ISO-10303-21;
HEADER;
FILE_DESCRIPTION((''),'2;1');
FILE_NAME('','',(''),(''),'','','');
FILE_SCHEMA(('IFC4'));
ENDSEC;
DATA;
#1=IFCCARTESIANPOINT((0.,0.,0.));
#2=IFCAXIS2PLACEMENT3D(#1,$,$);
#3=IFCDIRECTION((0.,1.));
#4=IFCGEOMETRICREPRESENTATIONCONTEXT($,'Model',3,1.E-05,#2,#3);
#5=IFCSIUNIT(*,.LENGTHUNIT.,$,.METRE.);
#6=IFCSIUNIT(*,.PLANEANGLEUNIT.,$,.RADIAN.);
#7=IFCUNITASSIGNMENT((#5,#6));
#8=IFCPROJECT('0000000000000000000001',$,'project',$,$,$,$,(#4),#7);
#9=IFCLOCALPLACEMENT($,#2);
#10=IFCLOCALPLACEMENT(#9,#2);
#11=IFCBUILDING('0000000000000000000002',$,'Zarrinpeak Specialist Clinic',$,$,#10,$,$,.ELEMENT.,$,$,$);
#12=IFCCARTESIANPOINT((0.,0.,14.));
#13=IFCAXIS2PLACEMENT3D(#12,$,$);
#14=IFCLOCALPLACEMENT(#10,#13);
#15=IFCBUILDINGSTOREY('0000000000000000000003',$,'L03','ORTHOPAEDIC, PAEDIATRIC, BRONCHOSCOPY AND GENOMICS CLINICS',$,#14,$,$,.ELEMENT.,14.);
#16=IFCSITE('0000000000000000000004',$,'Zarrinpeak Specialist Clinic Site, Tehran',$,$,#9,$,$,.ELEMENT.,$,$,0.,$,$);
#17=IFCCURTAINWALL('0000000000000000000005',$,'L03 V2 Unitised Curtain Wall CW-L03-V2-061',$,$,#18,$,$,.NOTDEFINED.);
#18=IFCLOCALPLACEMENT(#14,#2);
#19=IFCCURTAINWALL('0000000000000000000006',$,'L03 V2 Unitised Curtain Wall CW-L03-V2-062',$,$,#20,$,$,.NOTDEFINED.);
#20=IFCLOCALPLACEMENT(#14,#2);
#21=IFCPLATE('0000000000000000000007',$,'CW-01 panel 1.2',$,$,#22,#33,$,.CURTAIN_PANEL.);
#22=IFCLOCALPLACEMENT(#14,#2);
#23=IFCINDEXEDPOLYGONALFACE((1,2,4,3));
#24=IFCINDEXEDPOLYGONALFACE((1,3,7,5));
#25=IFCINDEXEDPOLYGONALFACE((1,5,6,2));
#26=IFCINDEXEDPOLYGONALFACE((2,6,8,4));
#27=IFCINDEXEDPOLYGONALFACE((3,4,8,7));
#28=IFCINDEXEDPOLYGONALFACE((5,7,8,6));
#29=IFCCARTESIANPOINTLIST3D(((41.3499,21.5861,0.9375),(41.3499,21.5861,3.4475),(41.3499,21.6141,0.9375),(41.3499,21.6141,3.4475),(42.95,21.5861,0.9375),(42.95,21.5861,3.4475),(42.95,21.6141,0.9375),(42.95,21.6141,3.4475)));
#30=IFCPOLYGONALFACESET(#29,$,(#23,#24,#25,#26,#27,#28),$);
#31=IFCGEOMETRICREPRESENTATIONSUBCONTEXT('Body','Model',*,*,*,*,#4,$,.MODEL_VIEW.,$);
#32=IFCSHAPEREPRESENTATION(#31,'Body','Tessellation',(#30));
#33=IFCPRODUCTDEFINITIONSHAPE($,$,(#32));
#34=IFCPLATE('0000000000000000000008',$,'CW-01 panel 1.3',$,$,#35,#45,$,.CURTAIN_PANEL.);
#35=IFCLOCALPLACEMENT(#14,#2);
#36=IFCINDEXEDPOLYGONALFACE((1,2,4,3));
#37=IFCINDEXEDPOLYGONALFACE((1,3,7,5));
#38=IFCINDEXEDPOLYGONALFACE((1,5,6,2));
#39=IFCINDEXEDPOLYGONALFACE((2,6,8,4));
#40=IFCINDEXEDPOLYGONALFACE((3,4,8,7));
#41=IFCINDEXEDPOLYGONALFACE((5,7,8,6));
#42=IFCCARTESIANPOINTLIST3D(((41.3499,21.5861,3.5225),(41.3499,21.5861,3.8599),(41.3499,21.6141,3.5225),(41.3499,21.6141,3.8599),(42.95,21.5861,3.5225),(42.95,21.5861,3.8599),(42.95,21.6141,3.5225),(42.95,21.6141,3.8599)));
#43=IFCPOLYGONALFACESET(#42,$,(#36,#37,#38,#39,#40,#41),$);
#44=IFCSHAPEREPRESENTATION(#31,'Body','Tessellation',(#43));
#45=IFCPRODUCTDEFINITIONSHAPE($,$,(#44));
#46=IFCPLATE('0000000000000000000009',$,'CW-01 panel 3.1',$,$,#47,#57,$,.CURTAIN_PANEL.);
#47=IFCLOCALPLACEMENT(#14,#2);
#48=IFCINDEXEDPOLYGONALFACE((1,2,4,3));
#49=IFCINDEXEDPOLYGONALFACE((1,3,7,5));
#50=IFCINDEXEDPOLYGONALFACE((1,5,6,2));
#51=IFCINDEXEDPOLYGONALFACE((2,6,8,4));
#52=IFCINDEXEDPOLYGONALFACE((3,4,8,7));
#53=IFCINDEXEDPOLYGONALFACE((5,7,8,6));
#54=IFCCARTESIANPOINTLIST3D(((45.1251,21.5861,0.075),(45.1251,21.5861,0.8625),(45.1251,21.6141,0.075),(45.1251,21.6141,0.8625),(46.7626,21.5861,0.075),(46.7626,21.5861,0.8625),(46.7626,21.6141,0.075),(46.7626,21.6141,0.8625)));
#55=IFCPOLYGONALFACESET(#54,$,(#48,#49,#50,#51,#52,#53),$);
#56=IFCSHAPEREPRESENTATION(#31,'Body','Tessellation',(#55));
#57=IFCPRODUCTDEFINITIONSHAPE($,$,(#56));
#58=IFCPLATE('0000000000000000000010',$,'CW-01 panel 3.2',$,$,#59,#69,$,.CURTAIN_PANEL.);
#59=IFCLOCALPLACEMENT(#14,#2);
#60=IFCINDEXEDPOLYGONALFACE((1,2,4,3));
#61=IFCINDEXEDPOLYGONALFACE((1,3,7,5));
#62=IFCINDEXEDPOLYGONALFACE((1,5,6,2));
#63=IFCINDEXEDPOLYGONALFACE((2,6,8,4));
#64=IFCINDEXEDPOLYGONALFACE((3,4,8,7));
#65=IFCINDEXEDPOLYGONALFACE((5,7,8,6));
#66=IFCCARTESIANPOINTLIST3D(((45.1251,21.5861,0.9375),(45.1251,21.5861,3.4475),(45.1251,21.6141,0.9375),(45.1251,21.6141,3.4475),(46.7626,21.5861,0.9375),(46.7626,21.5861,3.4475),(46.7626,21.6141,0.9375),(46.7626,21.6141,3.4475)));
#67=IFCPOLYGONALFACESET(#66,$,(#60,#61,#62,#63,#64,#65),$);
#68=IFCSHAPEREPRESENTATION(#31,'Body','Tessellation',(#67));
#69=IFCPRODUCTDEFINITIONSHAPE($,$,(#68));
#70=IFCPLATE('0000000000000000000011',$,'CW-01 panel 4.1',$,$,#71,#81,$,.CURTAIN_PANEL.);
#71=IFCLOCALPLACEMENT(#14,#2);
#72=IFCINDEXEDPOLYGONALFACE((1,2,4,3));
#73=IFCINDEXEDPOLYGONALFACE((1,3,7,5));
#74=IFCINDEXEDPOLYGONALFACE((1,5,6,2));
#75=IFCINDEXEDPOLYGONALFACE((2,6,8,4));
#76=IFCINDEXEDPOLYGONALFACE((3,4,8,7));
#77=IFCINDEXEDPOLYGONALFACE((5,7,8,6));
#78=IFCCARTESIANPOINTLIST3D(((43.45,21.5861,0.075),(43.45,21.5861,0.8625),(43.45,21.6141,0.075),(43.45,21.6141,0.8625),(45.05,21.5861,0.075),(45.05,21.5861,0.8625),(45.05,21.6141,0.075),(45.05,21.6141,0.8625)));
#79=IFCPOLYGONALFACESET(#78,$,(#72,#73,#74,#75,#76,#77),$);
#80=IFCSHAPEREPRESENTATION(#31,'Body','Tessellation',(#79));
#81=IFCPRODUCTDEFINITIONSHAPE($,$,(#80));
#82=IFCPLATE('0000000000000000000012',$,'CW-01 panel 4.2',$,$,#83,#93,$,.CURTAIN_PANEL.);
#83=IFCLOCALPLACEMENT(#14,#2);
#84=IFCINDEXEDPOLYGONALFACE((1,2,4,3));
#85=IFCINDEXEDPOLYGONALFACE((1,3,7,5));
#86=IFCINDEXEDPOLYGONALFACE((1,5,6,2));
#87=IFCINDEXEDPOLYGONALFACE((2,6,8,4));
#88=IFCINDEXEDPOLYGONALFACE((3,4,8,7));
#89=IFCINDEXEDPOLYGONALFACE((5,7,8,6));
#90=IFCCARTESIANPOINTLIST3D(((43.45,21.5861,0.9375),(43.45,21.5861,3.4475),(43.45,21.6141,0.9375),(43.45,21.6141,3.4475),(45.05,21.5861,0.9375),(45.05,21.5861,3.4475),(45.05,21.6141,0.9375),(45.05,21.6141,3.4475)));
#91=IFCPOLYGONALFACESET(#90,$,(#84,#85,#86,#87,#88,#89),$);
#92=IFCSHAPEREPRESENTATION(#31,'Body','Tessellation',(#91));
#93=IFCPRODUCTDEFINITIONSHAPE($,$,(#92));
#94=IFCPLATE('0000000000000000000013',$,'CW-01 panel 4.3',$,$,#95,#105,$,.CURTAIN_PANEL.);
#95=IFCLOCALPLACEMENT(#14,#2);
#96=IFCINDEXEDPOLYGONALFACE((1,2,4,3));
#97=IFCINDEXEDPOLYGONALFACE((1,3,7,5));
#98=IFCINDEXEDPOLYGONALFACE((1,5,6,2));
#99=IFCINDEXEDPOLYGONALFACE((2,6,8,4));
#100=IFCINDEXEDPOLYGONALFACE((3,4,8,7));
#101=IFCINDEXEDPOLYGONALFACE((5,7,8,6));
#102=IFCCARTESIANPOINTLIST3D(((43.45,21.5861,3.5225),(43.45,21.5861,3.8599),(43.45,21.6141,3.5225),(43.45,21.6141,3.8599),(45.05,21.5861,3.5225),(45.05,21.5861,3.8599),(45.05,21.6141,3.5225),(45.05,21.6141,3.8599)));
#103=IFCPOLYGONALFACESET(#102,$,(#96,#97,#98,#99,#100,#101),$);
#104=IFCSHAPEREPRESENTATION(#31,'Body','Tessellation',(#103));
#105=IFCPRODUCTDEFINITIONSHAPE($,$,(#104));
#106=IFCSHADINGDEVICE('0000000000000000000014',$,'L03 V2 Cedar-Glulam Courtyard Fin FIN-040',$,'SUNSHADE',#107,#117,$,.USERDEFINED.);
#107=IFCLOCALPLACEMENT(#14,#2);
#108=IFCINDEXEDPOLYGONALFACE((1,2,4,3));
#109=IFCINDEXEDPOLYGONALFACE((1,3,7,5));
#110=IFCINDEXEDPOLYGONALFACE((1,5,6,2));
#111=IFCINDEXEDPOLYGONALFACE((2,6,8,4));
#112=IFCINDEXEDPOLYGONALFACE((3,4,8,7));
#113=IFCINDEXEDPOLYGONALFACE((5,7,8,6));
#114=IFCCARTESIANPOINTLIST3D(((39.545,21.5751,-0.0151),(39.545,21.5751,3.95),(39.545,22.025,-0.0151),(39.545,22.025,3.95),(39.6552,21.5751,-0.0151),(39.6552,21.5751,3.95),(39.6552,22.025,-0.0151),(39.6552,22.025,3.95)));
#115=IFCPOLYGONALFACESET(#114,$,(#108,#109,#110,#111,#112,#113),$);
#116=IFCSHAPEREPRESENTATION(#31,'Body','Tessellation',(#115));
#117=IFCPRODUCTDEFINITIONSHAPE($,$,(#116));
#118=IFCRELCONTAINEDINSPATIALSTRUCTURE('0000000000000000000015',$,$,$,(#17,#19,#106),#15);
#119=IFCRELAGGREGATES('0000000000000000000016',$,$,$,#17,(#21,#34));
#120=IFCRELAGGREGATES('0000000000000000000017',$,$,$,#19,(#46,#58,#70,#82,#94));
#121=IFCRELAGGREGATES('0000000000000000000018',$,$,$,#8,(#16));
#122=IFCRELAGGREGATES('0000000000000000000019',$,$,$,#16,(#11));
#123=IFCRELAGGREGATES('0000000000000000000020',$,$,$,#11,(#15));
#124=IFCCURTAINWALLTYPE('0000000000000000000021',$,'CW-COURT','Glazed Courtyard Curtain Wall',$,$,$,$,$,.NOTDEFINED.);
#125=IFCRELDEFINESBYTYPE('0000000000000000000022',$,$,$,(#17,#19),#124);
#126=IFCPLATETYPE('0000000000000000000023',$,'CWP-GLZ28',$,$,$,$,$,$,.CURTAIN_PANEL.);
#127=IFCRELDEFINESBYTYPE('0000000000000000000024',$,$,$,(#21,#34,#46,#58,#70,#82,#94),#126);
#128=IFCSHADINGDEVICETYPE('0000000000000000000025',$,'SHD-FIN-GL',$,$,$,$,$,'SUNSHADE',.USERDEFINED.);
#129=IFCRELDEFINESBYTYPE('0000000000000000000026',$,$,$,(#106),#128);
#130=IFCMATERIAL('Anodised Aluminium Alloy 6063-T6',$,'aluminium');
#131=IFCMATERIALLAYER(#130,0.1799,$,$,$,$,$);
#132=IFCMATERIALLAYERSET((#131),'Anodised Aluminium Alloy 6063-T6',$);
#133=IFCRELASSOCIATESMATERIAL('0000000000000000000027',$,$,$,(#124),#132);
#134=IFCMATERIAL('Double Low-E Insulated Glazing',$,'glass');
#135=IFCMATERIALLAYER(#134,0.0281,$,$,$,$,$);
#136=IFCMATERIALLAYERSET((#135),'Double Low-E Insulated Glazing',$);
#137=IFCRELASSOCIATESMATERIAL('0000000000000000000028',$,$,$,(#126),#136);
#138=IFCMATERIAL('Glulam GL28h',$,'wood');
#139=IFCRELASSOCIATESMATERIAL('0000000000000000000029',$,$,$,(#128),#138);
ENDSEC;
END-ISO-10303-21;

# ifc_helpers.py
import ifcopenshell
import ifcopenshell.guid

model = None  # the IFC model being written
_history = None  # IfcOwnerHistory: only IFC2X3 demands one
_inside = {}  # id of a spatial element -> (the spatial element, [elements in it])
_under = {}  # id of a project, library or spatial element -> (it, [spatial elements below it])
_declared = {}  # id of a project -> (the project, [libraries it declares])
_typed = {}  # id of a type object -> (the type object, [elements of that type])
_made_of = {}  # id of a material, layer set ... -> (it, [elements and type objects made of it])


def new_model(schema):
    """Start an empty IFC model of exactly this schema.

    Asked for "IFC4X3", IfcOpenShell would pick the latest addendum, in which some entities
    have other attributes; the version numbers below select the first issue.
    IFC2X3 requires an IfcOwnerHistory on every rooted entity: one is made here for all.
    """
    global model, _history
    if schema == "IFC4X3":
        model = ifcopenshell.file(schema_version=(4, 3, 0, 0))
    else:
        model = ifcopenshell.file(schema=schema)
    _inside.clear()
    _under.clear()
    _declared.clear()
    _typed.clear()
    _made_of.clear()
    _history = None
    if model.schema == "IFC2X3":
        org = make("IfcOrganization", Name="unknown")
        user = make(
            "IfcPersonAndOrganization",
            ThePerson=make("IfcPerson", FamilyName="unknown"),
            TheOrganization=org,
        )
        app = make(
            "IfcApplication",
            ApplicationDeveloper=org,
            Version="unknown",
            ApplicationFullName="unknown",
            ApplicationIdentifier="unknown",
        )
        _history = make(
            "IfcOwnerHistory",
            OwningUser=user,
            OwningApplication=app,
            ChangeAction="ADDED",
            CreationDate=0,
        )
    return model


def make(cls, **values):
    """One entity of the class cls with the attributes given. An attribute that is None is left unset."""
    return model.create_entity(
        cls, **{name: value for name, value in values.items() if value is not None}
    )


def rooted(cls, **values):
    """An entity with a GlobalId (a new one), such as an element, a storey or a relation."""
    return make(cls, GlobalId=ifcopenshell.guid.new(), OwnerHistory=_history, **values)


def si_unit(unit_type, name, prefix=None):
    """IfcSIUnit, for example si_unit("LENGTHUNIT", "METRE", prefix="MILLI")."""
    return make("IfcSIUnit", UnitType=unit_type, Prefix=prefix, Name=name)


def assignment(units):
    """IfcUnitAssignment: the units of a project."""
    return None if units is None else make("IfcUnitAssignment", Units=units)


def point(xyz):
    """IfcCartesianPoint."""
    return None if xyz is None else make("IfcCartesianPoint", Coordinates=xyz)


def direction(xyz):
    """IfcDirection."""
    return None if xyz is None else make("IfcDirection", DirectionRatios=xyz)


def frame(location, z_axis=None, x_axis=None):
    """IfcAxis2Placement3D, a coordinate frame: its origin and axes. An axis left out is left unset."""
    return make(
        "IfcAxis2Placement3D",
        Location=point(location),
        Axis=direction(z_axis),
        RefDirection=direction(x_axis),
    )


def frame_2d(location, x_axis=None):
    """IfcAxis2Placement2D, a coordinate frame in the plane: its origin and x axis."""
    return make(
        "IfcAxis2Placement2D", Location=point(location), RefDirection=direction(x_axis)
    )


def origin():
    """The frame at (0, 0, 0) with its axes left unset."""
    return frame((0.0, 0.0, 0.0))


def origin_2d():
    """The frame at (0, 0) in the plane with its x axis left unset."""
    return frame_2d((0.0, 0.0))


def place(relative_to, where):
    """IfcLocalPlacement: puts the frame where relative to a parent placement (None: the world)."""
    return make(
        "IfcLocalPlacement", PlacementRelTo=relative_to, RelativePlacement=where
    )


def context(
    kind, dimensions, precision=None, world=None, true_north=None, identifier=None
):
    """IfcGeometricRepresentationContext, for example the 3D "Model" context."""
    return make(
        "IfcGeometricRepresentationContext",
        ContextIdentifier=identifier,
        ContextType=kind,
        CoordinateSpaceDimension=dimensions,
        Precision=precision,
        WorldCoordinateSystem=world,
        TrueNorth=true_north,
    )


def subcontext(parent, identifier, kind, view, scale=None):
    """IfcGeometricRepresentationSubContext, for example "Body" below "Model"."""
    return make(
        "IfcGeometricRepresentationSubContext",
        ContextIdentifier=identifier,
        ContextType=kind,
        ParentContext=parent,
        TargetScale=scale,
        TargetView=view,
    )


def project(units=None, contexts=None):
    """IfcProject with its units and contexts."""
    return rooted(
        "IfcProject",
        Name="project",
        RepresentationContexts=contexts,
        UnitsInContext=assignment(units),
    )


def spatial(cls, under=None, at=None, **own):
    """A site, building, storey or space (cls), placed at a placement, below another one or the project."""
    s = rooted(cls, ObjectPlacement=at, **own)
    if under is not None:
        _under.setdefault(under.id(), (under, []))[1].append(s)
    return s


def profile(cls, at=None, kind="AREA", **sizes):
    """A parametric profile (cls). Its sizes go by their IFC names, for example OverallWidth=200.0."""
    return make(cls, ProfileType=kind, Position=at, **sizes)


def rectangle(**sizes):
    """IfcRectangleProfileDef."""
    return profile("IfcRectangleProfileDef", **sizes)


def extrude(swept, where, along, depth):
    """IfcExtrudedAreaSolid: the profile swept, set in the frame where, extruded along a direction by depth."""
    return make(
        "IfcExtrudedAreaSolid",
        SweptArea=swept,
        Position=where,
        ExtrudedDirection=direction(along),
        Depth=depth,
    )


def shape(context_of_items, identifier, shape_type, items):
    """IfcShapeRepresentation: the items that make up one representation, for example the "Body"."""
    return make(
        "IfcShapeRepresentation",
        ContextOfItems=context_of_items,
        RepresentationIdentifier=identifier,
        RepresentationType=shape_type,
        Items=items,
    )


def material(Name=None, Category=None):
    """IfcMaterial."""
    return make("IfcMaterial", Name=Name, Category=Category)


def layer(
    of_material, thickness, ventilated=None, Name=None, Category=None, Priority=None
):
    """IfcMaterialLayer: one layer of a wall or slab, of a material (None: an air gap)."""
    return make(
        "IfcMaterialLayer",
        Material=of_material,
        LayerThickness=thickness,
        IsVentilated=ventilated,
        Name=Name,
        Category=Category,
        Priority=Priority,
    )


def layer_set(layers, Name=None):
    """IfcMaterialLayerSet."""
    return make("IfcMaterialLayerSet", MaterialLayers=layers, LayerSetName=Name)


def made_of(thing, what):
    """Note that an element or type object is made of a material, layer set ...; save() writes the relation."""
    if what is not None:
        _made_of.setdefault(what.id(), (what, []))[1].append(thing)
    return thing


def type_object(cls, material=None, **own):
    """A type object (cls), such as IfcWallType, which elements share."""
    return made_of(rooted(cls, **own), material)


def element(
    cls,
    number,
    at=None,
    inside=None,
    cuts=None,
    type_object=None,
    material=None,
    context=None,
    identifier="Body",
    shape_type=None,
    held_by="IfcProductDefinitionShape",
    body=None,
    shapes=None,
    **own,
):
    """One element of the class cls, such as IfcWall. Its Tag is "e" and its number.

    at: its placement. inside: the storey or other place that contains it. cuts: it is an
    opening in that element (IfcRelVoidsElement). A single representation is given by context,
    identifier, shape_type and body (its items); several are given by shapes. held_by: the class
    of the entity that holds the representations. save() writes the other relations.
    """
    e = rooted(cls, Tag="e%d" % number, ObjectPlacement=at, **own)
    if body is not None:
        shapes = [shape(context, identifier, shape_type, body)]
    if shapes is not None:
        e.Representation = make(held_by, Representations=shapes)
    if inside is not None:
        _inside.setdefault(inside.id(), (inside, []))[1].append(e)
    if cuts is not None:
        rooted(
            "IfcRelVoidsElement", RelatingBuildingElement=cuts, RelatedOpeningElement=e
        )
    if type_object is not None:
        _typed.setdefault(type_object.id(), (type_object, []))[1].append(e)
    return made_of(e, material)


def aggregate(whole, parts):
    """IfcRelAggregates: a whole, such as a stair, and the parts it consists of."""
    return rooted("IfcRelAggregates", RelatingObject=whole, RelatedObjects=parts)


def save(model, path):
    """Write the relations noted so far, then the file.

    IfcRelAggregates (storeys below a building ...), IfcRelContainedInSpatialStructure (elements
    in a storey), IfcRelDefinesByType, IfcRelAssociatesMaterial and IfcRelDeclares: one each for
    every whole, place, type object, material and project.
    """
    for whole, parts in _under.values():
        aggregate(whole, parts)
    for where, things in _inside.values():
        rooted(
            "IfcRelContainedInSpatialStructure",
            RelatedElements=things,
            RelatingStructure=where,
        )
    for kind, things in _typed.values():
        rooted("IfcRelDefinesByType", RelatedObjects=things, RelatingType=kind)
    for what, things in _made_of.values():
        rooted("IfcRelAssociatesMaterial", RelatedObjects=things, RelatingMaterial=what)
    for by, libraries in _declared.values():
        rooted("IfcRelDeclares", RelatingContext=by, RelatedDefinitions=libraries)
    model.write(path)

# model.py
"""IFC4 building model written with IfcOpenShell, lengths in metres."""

from ifc_helpers import new_model, si_unit, direction, frame, origin, origin_2d, place, context, subcontext, project, spatial, rectangle, extrude, material, layer, layer_set, type_object, element, aggregate, save


model = new_model("IFC4")

# Units and contexts
model_context = context("Model", 3, precision=1e-05, world=origin(), true_north=direction((0.0, 1.0)))
body_context = subcontext(model_context, "Body", "Model", "MODEL_VIEW")
ifc_project = project(units=[si_unit("LENGTHUNIT", "METRE"), si_unit("PLANEANGLEUNIT", "RADIAN")], contexts=[model_context])

# Site, building, storey
site_placement = place(None, origin())
site = spatial("IfcSite", under=ifc_project, at=site_placement, Name="Zarrinpeak Specialist Clinic Site, Tehran", CompositionType="ELEMENT", RefElevation=0.0)
building_placement = place(site_placement, origin())
building = spatial("IfcBuilding", under=site, at=building_placement, Name="Zarrinpeak Specialist Clinic", CompositionType="ELEMENT")
storey_placement = place(building_placement, frame((0.0, 0.0, 14.0)))
storey = spatial("IfcBuildingStorey", under=building, at=storey_placement, Name="L03", Description="ORTHOPAEDIC, PAEDIATRIC, BRONCHOSCOPY AND GENOMICS CLINICS", CompositionType="ELEMENT", Elevation=14.0)

# Curtain walls
ifc_material_1 = material(Name="Anodised Aluminium Alloy 6063-T6", Category="aluminium")
ifc_layer_1 = layer(ifc_material_1, 0.1799)
ifc_layer_set_1 = layer_set([ifc_layer_1], Name="Anodised Aluminium Alloy 6063-T6")
curtain_wall_type = type_object("IfcCurtainWallType", Name="CW-COURT", Description="Glazed Courtyard Curtain Wall", PredefinedType="NOTDEFINED", material=ifc_layer_set_1)
curtain_wall_1_placement = place(storey_placement, origin())
curtain_wall_1 = element("IfcCurtainWall", 1, at=curtain_wall_1_placement, inside=storey, type_object=curtain_wall_type, Name="L03 V2 Unitised Curtain Wall CW-L03-V2-061", PredefinedType="NOTDEFINED")
curtain_wall_2_placement = place(storey_placement, origin())
curtain_wall_2 = element("IfcCurtainWall", 2, at=curtain_wall_2_placement, inside=storey, type_object=curtain_wall_type, Name="L03 V2 Unitised Curtain Wall CW-L03-V2-062", PredefinedType="NOTDEFINED")

# Plates
ifc_material_2 = material(Name="Double Low-E Insulated Glazing", Category="glass")
ifc_layer_2 = layer(ifc_material_2, 0.0281)
ifc_layer_set_2 = layer_set([ifc_layer_2], Name="Double Low-E Insulated Glazing")
plate_type = type_object("IfcPlateType", Name="CWP-GLZ28", PredefinedType="CURTAIN_PANEL", material=ifc_layer_set_2)
plate_1_placement = place(storey_placement, frame((42.1499, 21.6001, 0.9375), z_axis=(0.0, 0.0, 1.0), x_axis=(-1.0, 0.0, 0.0)))
plate_1 = element("IfcPlate", 3, at=plate_1_placement, type_object=plate_type, Name="CW-01 panel 1.2", PredefinedType="CURTAIN_PANEL", context=body_context, shape_type="SweptSolid", body=[
    extrude(rectangle(XDim=1.6001, YDim=0.0281, at=origin_2d()), origin(), (0.0, 0.0, 1.0), 2.51),
])
plate_2_placement = place(storey_placement, frame((42.1499, 21.6001, 3.5225), z_axis=(0.0, 0.0, 1.0), x_axis=(-1.0, 0.0, 0.0)))
plate_2 = element("IfcPlate", 4, at=plate_2_placement, type_object=plate_type, Name="CW-01 panel 1.3", PredefinedType="CURTAIN_PANEL", context=body_context, shape_type="SweptSolid", body=[
    extrude(rectangle(XDim=1.6001, YDim=0.0281, at=origin_2d()), origin(), (0.0, 0.0, 1.0), 0.3374),
])
aggregate(curtain_wall_1, [plate_1, plate_2])
plate_3_placement = place(storey_placement, frame((45.9438, 21.6001, 0.075), z_axis=(0.0, 0.0, 1.0), x_axis=(-1.0, 0.0, 0.0)))
plate_3 = element("IfcPlate", 5, at=plate_3_placement, type_object=plate_type, Name="CW-01 panel 3.1", PredefinedType="CURTAIN_PANEL", context=body_context, shape_type="SweptSolid", body=[
    extrude(rectangle(XDim=1.6375, YDim=0.0281, at=origin_2d()), origin(), (0.0, 0.0, 1.0), 0.7876),
])
plate_4_placement = place(storey_placement, frame((45.9438, 21.6001, 0.9375), z_axis=(0.0, 0.0, 1.0), x_axis=(-1.0, 0.0, 0.0)))
plate_4 = element("IfcPlate", 6, at=plate_4_placement, type_object=plate_type, Name="CW-01 panel 3.2", PredefinedType="CURTAIN_PANEL", context=body_context, shape_type="SweptSolid", body=[
    extrude(rectangle(XDim=1.6375, YDim=0.0281, at=origin_2d()), origin(), (0.0, 0.0, 1.0), 2.51),
])
plate_5_placement = place(storey_placement, frame((44.25, 21.6001, 0.075), z_axis=(0.0, 0.0, 1.0), x_axis=(-1.0, 0.0, 0.0)))
plate_5 = element("IfcPlate", 7, at=plate_5_placement, type_object=plate_type, Name="CW-01 panel 4.1", PredefinedType="CURTAIN_PANEL", context=body_context, shape_type="SweptSolid", body=[
    extrude(rectangle(XDim=1.6001, YDim=0.0281, at=origin_2d()), origin(), (0.0, 0.0, 1.0), 0.7876),
])
plate_6_placement = place(storey_placement, frame((44.25, 21.6001, 0.9375), z_axis=(0.0, 0.0, 1.0), x_axis=(-1.0, 0.0, 0.0)))
plate_6 = element("IfcPlate", 8, at=plate_6_placement, type_object=plate_type, Name="CW-01 panel 4.2", PredefinedType="CURTAIN_PANEL", context=body_context, shape_type="SweptSolid", body=[
    extrude(rectangle(XDim=1.6001, YDim=0.0281, at=origin_2d()), origin(), (0.0, 0.0, 1.0), 2.51),
])
plate_7_placement = place(storey_placement, frame((44.25, 21.6001, 3.5225), z_axis=(0.0, 0.0, 1.0), x_axis=(-1.0, 0.0, 0.0)))
plate_7 = element("IfcPlate", 9, at=plate_7_placement, type_object=plate_type, Name="CW-01 panel 4.3", PredefinedType="CURTAIN_PANEL", context=body_context, shape_type="SweptSolid", body=[
    extrude(rectangle(XDim=1.6001, YDim=0.0281, at=origin_2d()), origin(), (0.0, 0.0, 1.0), 0.3374),
])
aggregate(curtain_wall_2, [plate_3, plate_4, plate_5, plate_6, plate_7])

# Shading device
ifc_material_3 = material(Name="Glulam GL28h", Category="wood")
shading_device_type = type_object("IfcShadingDeviceType", Name="SHD-FIN-GL", ElementType="SUNSHADE", PredefinedType="USERDEFINED", material=ifc_material_3)
shading_device_placement = place(storey_placement, frame((39.6001, 21.8, -0.0151), z_axis=(0.0, 0.0, 1.0), x_axis=(1.0, 0.0, 0.0)))
element("IfcShadingDevice", 10, at=shading_device_placement, inside=storey, type_object=shading_device_type, Name="L03 V2 Cedar-Glulam Courtyard Fin FIN-040", ObjectType="SUNSHADE", PredefinedType="USERDEFINED", context=body_context, shape_type="SweptSolid", body=[
    extrude(rectangle(XDim=0.1101, YDim=0.45, at=origin_2d()), origin(), (0.0, 0.0, 1.0), 3.9651),
])

save(model, "model.ifc")
